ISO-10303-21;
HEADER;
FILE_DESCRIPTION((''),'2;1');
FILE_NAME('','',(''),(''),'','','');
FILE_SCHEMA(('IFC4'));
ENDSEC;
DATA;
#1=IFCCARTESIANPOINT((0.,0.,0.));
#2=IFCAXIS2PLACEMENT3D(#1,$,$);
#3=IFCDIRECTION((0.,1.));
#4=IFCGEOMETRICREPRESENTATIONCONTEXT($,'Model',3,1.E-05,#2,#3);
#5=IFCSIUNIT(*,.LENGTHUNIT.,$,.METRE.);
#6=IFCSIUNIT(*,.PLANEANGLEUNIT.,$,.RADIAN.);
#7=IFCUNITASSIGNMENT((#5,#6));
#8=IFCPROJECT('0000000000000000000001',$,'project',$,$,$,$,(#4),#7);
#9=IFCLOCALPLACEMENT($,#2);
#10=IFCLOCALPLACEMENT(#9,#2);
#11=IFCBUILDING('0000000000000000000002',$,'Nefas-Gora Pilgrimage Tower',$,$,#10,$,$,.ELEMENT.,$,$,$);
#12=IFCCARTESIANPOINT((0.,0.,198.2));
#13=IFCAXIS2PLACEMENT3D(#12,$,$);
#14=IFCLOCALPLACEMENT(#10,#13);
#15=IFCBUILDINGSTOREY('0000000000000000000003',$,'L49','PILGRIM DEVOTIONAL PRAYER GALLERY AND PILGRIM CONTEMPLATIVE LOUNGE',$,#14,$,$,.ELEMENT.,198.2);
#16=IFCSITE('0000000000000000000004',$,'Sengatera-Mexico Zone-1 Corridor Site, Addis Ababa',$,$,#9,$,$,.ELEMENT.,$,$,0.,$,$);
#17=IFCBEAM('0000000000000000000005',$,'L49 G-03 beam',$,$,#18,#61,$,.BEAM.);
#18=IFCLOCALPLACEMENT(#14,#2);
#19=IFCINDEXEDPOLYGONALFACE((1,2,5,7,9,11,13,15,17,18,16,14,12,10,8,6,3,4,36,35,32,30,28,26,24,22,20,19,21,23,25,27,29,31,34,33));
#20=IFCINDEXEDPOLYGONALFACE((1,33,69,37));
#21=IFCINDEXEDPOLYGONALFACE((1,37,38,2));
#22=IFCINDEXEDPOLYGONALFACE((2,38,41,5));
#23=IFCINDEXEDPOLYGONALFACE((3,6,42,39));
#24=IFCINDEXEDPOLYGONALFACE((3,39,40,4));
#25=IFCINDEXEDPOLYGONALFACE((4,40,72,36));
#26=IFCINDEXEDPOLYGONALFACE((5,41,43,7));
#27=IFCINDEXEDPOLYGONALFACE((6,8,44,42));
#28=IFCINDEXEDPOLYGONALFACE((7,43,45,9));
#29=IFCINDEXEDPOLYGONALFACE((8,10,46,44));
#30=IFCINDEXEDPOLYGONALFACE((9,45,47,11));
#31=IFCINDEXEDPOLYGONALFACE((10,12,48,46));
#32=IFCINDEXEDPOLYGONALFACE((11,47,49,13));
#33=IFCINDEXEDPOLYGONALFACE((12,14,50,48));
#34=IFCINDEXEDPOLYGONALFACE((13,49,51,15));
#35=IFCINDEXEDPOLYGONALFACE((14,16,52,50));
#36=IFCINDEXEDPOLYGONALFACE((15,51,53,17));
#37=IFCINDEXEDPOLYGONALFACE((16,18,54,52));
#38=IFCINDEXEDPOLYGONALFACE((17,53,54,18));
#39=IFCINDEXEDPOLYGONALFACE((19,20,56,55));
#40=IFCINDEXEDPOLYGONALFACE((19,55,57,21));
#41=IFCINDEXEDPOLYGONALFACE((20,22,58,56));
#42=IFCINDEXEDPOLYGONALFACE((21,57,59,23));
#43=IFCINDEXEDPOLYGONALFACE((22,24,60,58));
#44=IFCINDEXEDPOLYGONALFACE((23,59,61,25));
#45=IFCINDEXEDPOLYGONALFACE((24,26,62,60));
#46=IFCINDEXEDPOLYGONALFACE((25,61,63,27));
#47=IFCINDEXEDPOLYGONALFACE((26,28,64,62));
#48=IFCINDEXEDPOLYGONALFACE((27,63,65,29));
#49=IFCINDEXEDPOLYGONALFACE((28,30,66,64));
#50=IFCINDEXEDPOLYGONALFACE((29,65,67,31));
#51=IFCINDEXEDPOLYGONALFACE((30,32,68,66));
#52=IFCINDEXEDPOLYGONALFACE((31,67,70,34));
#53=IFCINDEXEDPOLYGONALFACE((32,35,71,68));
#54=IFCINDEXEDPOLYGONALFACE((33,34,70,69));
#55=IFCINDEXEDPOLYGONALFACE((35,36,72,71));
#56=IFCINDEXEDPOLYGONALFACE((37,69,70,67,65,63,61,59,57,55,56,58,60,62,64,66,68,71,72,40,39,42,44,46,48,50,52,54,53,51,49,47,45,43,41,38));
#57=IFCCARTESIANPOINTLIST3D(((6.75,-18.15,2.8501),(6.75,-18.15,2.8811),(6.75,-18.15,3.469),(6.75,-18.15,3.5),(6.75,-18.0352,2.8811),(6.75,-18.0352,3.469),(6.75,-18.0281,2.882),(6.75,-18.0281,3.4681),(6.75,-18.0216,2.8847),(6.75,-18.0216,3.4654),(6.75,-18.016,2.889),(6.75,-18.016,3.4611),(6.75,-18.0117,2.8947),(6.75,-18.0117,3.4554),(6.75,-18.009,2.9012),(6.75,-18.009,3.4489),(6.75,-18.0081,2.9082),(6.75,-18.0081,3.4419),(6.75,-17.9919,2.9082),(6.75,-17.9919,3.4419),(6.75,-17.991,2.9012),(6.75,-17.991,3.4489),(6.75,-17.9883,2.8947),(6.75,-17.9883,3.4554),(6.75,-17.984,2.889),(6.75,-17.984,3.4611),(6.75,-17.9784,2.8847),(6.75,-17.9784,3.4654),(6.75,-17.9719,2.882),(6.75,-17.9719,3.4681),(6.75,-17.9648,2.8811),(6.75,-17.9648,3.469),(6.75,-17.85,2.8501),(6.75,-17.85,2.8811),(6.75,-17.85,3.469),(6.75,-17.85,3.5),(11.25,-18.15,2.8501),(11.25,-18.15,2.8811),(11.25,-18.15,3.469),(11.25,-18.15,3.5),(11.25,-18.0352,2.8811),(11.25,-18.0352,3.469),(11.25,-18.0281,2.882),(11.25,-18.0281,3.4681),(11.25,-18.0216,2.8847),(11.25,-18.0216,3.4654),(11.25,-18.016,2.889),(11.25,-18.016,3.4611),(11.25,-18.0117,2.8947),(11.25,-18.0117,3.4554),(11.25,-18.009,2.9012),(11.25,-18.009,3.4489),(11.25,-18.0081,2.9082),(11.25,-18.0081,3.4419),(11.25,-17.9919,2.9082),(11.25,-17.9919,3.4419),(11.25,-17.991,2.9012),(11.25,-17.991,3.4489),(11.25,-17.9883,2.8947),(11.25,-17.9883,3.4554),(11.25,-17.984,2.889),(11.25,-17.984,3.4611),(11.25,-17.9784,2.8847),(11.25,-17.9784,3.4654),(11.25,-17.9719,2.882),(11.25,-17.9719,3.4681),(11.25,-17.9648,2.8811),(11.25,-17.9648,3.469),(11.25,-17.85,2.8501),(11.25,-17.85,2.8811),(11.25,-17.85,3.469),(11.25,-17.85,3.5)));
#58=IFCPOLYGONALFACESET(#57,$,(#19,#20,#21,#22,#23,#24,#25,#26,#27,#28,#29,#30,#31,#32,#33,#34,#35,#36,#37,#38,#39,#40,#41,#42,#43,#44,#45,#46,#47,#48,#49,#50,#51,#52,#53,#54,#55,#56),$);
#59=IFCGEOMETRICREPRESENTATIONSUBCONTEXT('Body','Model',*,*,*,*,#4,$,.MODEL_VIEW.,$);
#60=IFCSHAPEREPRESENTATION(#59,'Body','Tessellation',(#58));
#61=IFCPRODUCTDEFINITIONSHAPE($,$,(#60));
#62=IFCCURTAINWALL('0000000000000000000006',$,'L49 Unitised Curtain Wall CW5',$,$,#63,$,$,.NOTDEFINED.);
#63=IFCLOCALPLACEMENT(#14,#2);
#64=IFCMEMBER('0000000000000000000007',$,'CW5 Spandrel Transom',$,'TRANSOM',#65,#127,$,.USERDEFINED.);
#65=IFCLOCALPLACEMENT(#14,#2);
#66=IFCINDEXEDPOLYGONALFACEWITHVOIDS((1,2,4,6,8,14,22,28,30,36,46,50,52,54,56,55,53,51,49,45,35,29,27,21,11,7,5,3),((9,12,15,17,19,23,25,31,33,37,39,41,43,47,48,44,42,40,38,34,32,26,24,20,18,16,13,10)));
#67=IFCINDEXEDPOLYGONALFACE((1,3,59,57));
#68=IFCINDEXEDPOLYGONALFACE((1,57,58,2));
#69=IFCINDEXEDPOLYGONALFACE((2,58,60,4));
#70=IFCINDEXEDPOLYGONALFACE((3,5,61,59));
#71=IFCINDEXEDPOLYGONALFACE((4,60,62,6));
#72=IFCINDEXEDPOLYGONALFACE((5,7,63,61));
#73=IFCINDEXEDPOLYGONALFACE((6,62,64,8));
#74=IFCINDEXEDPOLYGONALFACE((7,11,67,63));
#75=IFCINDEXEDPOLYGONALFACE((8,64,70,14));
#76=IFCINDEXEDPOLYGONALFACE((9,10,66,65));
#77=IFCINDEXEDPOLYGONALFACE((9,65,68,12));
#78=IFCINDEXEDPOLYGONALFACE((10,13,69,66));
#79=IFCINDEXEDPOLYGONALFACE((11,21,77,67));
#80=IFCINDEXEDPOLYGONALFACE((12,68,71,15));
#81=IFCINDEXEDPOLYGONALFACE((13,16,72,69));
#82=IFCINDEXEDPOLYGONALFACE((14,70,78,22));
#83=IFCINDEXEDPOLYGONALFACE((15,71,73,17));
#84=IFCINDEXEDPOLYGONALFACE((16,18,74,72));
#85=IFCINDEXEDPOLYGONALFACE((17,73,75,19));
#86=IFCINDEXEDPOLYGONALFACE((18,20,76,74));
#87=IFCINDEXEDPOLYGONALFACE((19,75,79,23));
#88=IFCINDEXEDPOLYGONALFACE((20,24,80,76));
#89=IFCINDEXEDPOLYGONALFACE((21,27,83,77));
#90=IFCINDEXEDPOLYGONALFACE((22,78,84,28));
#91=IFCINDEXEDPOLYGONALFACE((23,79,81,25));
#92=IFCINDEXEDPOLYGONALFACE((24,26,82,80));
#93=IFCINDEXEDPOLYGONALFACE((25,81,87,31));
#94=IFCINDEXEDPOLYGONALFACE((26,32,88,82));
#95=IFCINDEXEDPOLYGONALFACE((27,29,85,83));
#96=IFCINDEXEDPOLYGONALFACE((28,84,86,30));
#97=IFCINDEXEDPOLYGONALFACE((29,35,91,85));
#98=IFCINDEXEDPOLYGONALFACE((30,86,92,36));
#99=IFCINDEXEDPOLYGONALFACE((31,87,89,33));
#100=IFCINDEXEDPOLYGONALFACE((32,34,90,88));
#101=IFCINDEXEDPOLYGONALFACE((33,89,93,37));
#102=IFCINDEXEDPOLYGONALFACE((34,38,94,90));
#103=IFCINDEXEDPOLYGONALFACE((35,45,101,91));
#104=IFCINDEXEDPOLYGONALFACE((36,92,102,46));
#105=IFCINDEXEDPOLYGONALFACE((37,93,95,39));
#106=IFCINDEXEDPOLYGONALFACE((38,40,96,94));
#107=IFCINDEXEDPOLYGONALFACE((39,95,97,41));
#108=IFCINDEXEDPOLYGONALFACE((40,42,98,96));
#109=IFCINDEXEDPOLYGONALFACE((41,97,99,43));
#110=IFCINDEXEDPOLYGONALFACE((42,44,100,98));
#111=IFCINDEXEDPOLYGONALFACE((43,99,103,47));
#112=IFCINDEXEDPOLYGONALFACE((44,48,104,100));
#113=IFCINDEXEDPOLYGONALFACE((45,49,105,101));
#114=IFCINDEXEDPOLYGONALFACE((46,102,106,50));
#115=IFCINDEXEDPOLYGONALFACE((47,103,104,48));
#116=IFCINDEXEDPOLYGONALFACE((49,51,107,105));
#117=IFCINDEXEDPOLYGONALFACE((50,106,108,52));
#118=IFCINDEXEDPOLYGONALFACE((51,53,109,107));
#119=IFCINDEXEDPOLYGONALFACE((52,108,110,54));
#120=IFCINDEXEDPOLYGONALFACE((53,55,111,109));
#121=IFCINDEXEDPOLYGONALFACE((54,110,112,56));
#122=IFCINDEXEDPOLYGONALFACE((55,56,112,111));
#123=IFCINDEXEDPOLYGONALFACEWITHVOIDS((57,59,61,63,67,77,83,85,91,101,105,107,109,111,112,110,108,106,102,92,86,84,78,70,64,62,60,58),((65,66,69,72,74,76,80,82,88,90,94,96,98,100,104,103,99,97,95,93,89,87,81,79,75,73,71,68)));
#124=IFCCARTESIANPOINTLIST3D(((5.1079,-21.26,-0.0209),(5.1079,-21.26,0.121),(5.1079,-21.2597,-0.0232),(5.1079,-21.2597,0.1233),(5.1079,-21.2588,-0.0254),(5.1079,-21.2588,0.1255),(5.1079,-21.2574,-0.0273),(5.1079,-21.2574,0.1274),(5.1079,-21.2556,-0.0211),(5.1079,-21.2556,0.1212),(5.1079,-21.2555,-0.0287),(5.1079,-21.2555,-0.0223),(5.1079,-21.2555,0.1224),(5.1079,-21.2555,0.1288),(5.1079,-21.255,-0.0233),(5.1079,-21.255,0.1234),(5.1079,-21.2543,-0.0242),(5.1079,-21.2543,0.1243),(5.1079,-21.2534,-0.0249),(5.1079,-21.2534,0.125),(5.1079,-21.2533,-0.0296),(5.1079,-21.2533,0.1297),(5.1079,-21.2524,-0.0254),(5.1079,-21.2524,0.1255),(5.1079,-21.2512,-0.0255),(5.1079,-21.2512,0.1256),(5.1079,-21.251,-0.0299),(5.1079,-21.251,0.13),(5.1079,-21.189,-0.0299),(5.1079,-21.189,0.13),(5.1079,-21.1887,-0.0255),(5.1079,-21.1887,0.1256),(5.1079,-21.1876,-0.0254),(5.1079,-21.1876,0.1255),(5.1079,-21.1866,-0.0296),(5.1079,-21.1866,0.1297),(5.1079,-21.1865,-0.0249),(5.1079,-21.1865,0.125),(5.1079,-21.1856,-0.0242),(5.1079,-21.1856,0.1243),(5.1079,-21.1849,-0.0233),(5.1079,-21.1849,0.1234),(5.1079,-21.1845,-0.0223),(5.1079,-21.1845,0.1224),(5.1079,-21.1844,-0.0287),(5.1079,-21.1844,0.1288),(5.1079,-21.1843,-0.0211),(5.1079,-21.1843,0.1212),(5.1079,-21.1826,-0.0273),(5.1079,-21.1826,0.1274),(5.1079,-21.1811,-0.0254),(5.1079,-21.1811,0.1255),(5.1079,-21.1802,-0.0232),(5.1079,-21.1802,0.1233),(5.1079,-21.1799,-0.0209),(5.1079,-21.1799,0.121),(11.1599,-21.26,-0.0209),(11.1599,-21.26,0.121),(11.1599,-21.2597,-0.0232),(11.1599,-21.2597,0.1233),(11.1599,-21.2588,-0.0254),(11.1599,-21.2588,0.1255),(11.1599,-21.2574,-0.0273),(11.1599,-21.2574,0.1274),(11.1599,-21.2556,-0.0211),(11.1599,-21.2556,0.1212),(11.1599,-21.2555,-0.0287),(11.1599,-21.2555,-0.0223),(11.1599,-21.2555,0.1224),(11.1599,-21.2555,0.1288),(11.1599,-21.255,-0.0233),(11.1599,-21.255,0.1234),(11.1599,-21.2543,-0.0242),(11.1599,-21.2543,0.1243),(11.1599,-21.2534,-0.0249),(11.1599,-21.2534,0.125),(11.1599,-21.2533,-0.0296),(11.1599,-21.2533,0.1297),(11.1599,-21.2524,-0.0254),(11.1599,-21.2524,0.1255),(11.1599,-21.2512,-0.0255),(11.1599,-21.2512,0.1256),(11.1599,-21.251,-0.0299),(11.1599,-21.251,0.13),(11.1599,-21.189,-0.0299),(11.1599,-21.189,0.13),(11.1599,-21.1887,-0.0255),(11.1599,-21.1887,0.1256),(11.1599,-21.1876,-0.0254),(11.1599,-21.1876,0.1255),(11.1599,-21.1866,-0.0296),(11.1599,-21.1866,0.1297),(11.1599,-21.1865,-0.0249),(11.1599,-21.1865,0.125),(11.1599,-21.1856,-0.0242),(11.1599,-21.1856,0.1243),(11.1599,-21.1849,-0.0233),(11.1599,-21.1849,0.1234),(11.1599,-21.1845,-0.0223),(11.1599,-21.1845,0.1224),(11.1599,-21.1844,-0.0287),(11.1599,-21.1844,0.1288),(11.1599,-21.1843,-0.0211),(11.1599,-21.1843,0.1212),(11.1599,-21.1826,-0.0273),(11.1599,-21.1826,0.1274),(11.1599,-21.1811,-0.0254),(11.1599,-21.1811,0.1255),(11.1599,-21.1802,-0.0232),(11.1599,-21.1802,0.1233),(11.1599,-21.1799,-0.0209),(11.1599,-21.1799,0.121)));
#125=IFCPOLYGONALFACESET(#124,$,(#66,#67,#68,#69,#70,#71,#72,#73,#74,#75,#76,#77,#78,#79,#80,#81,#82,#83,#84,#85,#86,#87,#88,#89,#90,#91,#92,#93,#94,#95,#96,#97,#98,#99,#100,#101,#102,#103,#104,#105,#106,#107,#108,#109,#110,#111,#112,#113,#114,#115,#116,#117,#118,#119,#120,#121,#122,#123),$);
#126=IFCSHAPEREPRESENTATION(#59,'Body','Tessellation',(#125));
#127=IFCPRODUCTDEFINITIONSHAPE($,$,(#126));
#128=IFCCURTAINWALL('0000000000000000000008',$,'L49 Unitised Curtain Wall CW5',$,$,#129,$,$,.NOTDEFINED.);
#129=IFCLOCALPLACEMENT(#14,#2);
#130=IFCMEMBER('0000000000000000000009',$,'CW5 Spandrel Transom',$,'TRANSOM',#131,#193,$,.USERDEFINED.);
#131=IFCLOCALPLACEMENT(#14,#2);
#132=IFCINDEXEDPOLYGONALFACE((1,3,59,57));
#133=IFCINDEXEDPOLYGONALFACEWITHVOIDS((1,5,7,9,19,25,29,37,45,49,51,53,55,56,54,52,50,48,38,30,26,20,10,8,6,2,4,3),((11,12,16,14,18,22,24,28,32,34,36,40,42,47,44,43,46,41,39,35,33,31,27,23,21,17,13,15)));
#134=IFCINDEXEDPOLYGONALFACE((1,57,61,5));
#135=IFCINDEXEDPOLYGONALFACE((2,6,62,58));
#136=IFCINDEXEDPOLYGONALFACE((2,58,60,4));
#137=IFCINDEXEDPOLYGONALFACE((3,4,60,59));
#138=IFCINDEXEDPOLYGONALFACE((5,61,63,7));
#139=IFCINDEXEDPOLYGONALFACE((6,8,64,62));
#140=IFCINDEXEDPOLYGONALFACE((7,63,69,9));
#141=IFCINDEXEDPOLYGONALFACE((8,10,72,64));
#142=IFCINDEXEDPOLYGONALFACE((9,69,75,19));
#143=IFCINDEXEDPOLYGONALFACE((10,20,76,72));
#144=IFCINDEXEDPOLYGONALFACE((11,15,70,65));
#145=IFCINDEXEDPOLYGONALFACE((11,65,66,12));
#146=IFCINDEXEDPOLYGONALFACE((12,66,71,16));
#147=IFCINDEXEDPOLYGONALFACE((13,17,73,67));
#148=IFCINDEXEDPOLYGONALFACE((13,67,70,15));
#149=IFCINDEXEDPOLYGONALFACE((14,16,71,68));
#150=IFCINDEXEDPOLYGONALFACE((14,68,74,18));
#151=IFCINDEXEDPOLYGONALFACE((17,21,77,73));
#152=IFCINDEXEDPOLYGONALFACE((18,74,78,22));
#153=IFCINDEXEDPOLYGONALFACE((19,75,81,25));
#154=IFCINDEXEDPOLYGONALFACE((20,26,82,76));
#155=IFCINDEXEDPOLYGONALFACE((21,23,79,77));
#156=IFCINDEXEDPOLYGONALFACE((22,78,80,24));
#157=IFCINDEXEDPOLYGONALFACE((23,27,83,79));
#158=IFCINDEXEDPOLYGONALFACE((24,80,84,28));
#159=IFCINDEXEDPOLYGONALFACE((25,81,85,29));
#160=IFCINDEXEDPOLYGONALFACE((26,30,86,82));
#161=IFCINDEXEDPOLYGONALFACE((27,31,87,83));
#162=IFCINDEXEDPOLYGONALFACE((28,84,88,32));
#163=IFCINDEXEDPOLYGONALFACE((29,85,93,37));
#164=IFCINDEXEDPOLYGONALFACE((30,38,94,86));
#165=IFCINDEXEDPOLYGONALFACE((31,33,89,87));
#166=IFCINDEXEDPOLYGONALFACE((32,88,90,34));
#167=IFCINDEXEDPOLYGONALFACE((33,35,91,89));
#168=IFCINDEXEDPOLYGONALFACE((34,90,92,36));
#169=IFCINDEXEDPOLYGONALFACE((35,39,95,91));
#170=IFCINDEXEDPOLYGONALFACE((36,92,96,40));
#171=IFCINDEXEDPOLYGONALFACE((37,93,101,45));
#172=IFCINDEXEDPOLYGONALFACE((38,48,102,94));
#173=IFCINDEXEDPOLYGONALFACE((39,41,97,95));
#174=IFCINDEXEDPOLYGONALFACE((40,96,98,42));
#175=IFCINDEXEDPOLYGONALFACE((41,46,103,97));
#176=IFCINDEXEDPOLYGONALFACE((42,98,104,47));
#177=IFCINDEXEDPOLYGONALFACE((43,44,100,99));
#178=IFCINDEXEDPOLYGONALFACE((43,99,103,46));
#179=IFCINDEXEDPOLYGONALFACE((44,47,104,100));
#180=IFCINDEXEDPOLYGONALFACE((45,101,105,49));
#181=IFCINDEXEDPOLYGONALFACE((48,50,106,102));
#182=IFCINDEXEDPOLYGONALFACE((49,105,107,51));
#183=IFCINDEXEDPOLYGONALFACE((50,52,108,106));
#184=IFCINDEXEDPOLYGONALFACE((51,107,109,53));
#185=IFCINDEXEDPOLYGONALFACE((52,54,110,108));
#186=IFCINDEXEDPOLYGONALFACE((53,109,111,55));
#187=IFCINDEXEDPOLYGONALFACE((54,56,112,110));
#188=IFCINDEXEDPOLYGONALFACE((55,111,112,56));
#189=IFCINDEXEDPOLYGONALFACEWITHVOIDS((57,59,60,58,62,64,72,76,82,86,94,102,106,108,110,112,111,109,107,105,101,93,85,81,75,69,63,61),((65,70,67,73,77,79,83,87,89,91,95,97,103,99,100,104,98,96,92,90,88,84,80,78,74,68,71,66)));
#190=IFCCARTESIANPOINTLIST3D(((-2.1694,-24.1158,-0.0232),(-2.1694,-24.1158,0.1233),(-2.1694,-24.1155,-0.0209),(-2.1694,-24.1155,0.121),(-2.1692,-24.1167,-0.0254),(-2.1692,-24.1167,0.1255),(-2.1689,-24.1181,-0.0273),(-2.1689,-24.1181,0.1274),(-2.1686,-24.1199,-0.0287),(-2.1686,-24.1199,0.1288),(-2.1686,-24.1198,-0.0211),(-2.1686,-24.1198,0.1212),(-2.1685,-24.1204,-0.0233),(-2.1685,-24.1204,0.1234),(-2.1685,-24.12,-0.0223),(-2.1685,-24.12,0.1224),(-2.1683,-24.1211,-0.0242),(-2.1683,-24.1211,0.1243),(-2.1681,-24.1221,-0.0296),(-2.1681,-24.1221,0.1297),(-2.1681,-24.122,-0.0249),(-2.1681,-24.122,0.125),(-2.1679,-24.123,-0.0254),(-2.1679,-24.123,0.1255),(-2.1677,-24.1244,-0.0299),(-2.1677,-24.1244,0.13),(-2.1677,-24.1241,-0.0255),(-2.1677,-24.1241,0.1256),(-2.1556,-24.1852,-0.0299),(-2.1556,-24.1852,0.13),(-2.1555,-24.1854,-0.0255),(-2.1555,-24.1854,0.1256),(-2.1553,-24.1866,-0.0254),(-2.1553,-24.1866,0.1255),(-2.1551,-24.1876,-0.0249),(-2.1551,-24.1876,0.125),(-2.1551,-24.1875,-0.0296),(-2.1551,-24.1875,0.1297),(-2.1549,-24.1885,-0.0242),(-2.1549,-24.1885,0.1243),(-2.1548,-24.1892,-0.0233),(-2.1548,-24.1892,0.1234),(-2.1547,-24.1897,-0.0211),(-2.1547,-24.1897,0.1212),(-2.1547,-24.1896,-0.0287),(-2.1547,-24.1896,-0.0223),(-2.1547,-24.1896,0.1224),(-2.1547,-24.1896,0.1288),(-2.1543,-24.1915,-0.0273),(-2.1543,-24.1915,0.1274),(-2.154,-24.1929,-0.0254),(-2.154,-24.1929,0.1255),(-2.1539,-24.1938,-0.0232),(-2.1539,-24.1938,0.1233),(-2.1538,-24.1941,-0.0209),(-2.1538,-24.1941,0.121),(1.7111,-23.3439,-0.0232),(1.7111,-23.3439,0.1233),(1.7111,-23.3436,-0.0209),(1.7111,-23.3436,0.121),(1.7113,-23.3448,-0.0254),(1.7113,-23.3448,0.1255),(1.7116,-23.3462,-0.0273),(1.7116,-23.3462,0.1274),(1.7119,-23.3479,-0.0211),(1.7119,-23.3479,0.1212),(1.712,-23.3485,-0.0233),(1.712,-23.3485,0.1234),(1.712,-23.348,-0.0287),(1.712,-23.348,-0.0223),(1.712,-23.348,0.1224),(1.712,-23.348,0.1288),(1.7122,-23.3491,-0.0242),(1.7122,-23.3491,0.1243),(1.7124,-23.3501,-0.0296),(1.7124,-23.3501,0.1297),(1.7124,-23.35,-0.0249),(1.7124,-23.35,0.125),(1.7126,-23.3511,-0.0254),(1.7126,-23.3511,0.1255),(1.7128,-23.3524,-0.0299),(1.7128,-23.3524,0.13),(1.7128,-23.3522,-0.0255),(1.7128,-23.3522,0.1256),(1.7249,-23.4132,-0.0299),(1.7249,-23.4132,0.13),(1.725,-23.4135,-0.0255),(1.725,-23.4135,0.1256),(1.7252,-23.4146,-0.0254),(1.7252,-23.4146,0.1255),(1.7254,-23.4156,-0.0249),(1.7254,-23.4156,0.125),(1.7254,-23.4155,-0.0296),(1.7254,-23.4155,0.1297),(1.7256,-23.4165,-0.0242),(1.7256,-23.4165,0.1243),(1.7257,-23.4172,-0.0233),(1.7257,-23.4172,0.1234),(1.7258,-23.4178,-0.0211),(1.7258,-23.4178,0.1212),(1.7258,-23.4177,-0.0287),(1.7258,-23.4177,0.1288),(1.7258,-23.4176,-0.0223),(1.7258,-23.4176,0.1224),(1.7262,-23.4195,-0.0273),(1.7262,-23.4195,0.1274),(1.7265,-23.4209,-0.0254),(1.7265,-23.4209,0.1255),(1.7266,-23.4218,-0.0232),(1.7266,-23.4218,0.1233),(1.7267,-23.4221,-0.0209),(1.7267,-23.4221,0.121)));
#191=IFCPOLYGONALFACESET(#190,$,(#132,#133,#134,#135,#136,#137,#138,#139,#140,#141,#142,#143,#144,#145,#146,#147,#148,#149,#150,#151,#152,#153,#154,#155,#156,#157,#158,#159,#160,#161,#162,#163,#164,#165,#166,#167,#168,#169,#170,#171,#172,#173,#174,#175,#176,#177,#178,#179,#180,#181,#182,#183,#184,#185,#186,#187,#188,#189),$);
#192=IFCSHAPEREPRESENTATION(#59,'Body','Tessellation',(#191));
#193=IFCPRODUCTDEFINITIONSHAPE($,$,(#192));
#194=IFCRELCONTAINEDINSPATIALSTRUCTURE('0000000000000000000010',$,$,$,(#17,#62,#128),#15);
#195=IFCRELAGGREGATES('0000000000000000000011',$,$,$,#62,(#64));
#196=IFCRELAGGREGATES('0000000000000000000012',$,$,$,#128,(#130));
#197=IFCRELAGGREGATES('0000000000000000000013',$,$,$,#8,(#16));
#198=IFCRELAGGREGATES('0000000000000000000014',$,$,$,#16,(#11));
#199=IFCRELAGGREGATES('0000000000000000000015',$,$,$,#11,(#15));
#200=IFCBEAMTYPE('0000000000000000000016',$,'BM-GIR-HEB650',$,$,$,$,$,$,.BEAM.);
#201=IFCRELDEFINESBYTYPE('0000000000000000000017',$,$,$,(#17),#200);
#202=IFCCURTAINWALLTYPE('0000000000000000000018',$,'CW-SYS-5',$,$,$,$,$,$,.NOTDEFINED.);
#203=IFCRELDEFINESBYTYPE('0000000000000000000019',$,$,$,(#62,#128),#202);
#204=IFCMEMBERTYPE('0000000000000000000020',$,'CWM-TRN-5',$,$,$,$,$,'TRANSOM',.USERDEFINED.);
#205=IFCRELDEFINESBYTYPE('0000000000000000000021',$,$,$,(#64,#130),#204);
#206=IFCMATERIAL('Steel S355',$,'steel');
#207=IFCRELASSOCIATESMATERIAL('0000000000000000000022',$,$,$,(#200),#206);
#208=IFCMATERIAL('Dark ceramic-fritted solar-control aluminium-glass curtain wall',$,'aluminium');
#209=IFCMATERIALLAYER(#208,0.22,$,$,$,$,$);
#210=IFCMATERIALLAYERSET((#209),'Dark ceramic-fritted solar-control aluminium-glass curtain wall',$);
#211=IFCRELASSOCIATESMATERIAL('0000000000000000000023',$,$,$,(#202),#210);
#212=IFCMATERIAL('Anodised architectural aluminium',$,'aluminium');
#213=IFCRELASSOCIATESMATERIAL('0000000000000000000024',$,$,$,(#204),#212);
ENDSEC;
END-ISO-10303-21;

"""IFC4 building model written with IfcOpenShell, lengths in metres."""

from ifc_helpers import new_model, si_unit, direction, frame, origin, origin_2d, place, context, subcontext, project, spatial, hollow_rectangle, i_section, extrude, source, transform, mapped, material, layer, layer_set, material_profile, profile_set, type_object, element, aggregate, save


model = new_model("IFC4")

# Units and contexts
model_context = context("Model", 3, precision=1e-05, world=origin(), true_north=direction((0.0, 1.0)))
body_context = subcontext(model_context, "Body", "Model", "MODEL_VIEW")
ifc_project = project(units=[si_unit("LENGTHUNIT", "METRE"), si_unit("PLANEANGLEUNIT", "RADIAN")], contexts=[model_context])

# Site, building, storey
site_placement = place(None, origin())
site = spatial("IfcSite", under=ifc_project, at=site_placement, Name="Sengatera-Mexico Zone-1 Corridor Site, Addis Ababa", CompositionType="ELEMENT", RefElevation=0.0)
building_placement = place(site_placement, origin())
building = spatial("IfcBuilding", under=site, at=building_placement, Name="Nefas-Gora Pilgrimage Tower", CompositionType="ELEMENT")
storey_placement = place(building_placement, frame((0.0, 0.0, 198.2)))
storey = spatial("IfcBuildingStorey", under=building, at=storey_placement, Name="L49", Description="PILGRIM DEVOTIONAL PRAYER GALLERY AND PILGRIM CONTEMPLATIVE LOUNGE", CompositionType="ELEMENT", Elevation=198.2)

# Beam
ifc_material_1 = material(Name="Steel S355", Category="steel")
ifc_material_profile_1 = material_profile(ifc_material_1, i_section(OverallWidth=0.3, OverallDepth=0.6499, WebThickness=0.0161, FlangeThickness=0.031, FilletRadius=0.0271, at=origin_2d()), Name="HEB 650")
ifc_profile_set_1 = profile_set([ifc_material_profile_1], Name="Steel S355")
beam_type_1 = type_object("IfcBeamType", Name="BM-GIR-HEB650", PredefinedType="BEAM", material=ifc_profile_set_1)
shared_shape_1 = source(origin(), body_context, "Body", "SweptSolid", [
    extrude(i_section(OverallWidth=0.3, OverallDepth=0.6499, WebThickness=0.0161, FlangeThickness=0.031, FilletRadius=0.0271, at=origin_2d()), origin(), (0.0, 0.0, 1.0), 4.5),
])
for number, where, z_axis, x_axis, name in (
    (1, (6.75, -18.0, 3.175), (1.0, 0.0, 0.0), (0.0, 1.0, 0.0), "L49 G-03 beam"),
):
    element("IfcBeam", number, at=place(storey_placement, frame(where, z_axis=z_axis, x_axis=x_axis)), inside=storey, type_object=beam_type_1, Name=name, PredefinedType="BEAM", context=body_context, shape_type="MappedRepresentation", body=[
        mapped(shared_shape_1, transform((0.0, 0.0, 0.0), x_axis=(1.0, 0.0, 0.0), y_axis=(0.0, 1.0, 0.0), z_axis=(0.0, 0.0, 1.0), scale=1.0)),
    ])

# Curtain walls, members
ifc_material_2 = material(Name="Dark ceramic-fritted solar-control aluminium-glass curtain wall", Category="aluminium")
ifc_layer_1 = layer(ifc_material_2, 0.22)
ifc_layer_set_1 = layer_set([ifc_layer_1], Name="Dark ceramic-fritted solar-control aluminium-glass curtain wall")
curtain_wall_type = type_object("IfcCurtainWallType", Name="CW-SYS-5", PredefinedType="NOTDEFINED", material=ifc_layer_set_1)
curtain_wall_1_placement = place(storey_placement, origin())
curtain_wall_1 = element("IfcCurtainWall", 2, at=curtain_wall_1_placement, inside=storey, type_object=curtain_wall_type, Name="L49 Unitised Curtain Wall CW5", PredefinedType="NOTDEFINED")
ifc_material_3 = material(Name="Anodised architectural aluminium", Category="aluminium")
ifc_material_profile_2 = material_profile(ifc_material_3, hollow_rectangle(XDim=0.0801, YDim=0.1599, WallThickness=0.0044, InnerFilletRadius=0.0044, OuterFilletRadius=0.009, at=origin_2d()), Name="ALU TRANSOM 80x160")
ifc_profile_set_2 = profile_set([ifc_material_profile_2], Name="Anodised architectural aluminium")
member_type_1 = type_object("IfcMemberType", Name="CWM-TRN-5", ElementType="TRANSOM", PredefinedType="USERDEFINED", material=ifc_profile_set_2)
shared_shape_2 = source(origin(), body_context, "Body", "SweptSolid", [
    extrude(hollow_rectangle(XDim=0.0801, YDim=0.1599, WallThickness=0.0044, InnerFilletRadius=0.0044, OuterFilletRadius=0.009, at=origin_2d()), origin(), (0.0, 0.0, 1.0), 6.052),
])
member_1_placement = place(storey_placement, frame((5.1079, -21.22, 0.05), z_axis=(1.0, 0.0, 0.0), x_axis=(0.0, 1.0, 0.0)))
member_1 = element("IfcMember", 3, at=member_1_placement, type_object=member_type_1, Name="CW5 Spandrel Transom", ObjectType="TRANSOM", PredefinedType="USERDEFINED", context=body_context, shape_type="MappedRepresentation", body=[
    mapped(shared_shape_2, transform((0.0, 0.0, 0.0), x_axis=(1.0, 0.0, 0.0), y_axis=(0.0, 1.0, 0.0), z_axis=(0.0, 0.0, 1.0), scale=1.0)),
])
curtain_wall_2_placement = place(storey_placement, origin())
curtain_wall_2 = element("IfcCurtainWall", 4, at=curtain_wall_2_placement, inside=storey, type_object=curtain_wall_type, Name="L49 Unitised Curtain Wall CW5", PredefinedType="NOTDEFINED")
shared_shape_3 = source(origin(), body_context, "Body", "SweptSolid", [
    extrude(hollow_rectangle(XDim=0.0801, YDim=0.1599, WallThickness=0.0044, InnerFilletRadius=0.0044, OuterFilletRadius=0.009, at=origin_2d()), origin(), (0.0, 0.0, 1.0), 3.9565),
])
member_2_placement = place(storey_placement, frame((-2.1616, -24.1548, 0.05), z_axis=(0.980782, 0.195107, 0.0), x_axis=(-0.195107, 0.980782, 0.0)))
member_2 = element("IfcMember", 5, at=member_2_placement, type_object=member_type_1, Name="CW5 Spandrel Transom", ObjectType="TRANSOM", PredefinedType="USERDEFINED", context=body_context, shape_type="MappedRepresentation", body=[
    mapped(shared_shape_3, transform((0.0, 0.0, 0.0), x_axis=(1.0, 0.0, 0.0), y_axis=(0.0, 1.0, 0.0), z_axis=(0.0, 0.0, 1.0), scale=1.0)),
])

aggregate(curtain_wall_1, [member_1])
aggregate(curtain_wall_2, [member_2])

save(model, "model.ifc")
